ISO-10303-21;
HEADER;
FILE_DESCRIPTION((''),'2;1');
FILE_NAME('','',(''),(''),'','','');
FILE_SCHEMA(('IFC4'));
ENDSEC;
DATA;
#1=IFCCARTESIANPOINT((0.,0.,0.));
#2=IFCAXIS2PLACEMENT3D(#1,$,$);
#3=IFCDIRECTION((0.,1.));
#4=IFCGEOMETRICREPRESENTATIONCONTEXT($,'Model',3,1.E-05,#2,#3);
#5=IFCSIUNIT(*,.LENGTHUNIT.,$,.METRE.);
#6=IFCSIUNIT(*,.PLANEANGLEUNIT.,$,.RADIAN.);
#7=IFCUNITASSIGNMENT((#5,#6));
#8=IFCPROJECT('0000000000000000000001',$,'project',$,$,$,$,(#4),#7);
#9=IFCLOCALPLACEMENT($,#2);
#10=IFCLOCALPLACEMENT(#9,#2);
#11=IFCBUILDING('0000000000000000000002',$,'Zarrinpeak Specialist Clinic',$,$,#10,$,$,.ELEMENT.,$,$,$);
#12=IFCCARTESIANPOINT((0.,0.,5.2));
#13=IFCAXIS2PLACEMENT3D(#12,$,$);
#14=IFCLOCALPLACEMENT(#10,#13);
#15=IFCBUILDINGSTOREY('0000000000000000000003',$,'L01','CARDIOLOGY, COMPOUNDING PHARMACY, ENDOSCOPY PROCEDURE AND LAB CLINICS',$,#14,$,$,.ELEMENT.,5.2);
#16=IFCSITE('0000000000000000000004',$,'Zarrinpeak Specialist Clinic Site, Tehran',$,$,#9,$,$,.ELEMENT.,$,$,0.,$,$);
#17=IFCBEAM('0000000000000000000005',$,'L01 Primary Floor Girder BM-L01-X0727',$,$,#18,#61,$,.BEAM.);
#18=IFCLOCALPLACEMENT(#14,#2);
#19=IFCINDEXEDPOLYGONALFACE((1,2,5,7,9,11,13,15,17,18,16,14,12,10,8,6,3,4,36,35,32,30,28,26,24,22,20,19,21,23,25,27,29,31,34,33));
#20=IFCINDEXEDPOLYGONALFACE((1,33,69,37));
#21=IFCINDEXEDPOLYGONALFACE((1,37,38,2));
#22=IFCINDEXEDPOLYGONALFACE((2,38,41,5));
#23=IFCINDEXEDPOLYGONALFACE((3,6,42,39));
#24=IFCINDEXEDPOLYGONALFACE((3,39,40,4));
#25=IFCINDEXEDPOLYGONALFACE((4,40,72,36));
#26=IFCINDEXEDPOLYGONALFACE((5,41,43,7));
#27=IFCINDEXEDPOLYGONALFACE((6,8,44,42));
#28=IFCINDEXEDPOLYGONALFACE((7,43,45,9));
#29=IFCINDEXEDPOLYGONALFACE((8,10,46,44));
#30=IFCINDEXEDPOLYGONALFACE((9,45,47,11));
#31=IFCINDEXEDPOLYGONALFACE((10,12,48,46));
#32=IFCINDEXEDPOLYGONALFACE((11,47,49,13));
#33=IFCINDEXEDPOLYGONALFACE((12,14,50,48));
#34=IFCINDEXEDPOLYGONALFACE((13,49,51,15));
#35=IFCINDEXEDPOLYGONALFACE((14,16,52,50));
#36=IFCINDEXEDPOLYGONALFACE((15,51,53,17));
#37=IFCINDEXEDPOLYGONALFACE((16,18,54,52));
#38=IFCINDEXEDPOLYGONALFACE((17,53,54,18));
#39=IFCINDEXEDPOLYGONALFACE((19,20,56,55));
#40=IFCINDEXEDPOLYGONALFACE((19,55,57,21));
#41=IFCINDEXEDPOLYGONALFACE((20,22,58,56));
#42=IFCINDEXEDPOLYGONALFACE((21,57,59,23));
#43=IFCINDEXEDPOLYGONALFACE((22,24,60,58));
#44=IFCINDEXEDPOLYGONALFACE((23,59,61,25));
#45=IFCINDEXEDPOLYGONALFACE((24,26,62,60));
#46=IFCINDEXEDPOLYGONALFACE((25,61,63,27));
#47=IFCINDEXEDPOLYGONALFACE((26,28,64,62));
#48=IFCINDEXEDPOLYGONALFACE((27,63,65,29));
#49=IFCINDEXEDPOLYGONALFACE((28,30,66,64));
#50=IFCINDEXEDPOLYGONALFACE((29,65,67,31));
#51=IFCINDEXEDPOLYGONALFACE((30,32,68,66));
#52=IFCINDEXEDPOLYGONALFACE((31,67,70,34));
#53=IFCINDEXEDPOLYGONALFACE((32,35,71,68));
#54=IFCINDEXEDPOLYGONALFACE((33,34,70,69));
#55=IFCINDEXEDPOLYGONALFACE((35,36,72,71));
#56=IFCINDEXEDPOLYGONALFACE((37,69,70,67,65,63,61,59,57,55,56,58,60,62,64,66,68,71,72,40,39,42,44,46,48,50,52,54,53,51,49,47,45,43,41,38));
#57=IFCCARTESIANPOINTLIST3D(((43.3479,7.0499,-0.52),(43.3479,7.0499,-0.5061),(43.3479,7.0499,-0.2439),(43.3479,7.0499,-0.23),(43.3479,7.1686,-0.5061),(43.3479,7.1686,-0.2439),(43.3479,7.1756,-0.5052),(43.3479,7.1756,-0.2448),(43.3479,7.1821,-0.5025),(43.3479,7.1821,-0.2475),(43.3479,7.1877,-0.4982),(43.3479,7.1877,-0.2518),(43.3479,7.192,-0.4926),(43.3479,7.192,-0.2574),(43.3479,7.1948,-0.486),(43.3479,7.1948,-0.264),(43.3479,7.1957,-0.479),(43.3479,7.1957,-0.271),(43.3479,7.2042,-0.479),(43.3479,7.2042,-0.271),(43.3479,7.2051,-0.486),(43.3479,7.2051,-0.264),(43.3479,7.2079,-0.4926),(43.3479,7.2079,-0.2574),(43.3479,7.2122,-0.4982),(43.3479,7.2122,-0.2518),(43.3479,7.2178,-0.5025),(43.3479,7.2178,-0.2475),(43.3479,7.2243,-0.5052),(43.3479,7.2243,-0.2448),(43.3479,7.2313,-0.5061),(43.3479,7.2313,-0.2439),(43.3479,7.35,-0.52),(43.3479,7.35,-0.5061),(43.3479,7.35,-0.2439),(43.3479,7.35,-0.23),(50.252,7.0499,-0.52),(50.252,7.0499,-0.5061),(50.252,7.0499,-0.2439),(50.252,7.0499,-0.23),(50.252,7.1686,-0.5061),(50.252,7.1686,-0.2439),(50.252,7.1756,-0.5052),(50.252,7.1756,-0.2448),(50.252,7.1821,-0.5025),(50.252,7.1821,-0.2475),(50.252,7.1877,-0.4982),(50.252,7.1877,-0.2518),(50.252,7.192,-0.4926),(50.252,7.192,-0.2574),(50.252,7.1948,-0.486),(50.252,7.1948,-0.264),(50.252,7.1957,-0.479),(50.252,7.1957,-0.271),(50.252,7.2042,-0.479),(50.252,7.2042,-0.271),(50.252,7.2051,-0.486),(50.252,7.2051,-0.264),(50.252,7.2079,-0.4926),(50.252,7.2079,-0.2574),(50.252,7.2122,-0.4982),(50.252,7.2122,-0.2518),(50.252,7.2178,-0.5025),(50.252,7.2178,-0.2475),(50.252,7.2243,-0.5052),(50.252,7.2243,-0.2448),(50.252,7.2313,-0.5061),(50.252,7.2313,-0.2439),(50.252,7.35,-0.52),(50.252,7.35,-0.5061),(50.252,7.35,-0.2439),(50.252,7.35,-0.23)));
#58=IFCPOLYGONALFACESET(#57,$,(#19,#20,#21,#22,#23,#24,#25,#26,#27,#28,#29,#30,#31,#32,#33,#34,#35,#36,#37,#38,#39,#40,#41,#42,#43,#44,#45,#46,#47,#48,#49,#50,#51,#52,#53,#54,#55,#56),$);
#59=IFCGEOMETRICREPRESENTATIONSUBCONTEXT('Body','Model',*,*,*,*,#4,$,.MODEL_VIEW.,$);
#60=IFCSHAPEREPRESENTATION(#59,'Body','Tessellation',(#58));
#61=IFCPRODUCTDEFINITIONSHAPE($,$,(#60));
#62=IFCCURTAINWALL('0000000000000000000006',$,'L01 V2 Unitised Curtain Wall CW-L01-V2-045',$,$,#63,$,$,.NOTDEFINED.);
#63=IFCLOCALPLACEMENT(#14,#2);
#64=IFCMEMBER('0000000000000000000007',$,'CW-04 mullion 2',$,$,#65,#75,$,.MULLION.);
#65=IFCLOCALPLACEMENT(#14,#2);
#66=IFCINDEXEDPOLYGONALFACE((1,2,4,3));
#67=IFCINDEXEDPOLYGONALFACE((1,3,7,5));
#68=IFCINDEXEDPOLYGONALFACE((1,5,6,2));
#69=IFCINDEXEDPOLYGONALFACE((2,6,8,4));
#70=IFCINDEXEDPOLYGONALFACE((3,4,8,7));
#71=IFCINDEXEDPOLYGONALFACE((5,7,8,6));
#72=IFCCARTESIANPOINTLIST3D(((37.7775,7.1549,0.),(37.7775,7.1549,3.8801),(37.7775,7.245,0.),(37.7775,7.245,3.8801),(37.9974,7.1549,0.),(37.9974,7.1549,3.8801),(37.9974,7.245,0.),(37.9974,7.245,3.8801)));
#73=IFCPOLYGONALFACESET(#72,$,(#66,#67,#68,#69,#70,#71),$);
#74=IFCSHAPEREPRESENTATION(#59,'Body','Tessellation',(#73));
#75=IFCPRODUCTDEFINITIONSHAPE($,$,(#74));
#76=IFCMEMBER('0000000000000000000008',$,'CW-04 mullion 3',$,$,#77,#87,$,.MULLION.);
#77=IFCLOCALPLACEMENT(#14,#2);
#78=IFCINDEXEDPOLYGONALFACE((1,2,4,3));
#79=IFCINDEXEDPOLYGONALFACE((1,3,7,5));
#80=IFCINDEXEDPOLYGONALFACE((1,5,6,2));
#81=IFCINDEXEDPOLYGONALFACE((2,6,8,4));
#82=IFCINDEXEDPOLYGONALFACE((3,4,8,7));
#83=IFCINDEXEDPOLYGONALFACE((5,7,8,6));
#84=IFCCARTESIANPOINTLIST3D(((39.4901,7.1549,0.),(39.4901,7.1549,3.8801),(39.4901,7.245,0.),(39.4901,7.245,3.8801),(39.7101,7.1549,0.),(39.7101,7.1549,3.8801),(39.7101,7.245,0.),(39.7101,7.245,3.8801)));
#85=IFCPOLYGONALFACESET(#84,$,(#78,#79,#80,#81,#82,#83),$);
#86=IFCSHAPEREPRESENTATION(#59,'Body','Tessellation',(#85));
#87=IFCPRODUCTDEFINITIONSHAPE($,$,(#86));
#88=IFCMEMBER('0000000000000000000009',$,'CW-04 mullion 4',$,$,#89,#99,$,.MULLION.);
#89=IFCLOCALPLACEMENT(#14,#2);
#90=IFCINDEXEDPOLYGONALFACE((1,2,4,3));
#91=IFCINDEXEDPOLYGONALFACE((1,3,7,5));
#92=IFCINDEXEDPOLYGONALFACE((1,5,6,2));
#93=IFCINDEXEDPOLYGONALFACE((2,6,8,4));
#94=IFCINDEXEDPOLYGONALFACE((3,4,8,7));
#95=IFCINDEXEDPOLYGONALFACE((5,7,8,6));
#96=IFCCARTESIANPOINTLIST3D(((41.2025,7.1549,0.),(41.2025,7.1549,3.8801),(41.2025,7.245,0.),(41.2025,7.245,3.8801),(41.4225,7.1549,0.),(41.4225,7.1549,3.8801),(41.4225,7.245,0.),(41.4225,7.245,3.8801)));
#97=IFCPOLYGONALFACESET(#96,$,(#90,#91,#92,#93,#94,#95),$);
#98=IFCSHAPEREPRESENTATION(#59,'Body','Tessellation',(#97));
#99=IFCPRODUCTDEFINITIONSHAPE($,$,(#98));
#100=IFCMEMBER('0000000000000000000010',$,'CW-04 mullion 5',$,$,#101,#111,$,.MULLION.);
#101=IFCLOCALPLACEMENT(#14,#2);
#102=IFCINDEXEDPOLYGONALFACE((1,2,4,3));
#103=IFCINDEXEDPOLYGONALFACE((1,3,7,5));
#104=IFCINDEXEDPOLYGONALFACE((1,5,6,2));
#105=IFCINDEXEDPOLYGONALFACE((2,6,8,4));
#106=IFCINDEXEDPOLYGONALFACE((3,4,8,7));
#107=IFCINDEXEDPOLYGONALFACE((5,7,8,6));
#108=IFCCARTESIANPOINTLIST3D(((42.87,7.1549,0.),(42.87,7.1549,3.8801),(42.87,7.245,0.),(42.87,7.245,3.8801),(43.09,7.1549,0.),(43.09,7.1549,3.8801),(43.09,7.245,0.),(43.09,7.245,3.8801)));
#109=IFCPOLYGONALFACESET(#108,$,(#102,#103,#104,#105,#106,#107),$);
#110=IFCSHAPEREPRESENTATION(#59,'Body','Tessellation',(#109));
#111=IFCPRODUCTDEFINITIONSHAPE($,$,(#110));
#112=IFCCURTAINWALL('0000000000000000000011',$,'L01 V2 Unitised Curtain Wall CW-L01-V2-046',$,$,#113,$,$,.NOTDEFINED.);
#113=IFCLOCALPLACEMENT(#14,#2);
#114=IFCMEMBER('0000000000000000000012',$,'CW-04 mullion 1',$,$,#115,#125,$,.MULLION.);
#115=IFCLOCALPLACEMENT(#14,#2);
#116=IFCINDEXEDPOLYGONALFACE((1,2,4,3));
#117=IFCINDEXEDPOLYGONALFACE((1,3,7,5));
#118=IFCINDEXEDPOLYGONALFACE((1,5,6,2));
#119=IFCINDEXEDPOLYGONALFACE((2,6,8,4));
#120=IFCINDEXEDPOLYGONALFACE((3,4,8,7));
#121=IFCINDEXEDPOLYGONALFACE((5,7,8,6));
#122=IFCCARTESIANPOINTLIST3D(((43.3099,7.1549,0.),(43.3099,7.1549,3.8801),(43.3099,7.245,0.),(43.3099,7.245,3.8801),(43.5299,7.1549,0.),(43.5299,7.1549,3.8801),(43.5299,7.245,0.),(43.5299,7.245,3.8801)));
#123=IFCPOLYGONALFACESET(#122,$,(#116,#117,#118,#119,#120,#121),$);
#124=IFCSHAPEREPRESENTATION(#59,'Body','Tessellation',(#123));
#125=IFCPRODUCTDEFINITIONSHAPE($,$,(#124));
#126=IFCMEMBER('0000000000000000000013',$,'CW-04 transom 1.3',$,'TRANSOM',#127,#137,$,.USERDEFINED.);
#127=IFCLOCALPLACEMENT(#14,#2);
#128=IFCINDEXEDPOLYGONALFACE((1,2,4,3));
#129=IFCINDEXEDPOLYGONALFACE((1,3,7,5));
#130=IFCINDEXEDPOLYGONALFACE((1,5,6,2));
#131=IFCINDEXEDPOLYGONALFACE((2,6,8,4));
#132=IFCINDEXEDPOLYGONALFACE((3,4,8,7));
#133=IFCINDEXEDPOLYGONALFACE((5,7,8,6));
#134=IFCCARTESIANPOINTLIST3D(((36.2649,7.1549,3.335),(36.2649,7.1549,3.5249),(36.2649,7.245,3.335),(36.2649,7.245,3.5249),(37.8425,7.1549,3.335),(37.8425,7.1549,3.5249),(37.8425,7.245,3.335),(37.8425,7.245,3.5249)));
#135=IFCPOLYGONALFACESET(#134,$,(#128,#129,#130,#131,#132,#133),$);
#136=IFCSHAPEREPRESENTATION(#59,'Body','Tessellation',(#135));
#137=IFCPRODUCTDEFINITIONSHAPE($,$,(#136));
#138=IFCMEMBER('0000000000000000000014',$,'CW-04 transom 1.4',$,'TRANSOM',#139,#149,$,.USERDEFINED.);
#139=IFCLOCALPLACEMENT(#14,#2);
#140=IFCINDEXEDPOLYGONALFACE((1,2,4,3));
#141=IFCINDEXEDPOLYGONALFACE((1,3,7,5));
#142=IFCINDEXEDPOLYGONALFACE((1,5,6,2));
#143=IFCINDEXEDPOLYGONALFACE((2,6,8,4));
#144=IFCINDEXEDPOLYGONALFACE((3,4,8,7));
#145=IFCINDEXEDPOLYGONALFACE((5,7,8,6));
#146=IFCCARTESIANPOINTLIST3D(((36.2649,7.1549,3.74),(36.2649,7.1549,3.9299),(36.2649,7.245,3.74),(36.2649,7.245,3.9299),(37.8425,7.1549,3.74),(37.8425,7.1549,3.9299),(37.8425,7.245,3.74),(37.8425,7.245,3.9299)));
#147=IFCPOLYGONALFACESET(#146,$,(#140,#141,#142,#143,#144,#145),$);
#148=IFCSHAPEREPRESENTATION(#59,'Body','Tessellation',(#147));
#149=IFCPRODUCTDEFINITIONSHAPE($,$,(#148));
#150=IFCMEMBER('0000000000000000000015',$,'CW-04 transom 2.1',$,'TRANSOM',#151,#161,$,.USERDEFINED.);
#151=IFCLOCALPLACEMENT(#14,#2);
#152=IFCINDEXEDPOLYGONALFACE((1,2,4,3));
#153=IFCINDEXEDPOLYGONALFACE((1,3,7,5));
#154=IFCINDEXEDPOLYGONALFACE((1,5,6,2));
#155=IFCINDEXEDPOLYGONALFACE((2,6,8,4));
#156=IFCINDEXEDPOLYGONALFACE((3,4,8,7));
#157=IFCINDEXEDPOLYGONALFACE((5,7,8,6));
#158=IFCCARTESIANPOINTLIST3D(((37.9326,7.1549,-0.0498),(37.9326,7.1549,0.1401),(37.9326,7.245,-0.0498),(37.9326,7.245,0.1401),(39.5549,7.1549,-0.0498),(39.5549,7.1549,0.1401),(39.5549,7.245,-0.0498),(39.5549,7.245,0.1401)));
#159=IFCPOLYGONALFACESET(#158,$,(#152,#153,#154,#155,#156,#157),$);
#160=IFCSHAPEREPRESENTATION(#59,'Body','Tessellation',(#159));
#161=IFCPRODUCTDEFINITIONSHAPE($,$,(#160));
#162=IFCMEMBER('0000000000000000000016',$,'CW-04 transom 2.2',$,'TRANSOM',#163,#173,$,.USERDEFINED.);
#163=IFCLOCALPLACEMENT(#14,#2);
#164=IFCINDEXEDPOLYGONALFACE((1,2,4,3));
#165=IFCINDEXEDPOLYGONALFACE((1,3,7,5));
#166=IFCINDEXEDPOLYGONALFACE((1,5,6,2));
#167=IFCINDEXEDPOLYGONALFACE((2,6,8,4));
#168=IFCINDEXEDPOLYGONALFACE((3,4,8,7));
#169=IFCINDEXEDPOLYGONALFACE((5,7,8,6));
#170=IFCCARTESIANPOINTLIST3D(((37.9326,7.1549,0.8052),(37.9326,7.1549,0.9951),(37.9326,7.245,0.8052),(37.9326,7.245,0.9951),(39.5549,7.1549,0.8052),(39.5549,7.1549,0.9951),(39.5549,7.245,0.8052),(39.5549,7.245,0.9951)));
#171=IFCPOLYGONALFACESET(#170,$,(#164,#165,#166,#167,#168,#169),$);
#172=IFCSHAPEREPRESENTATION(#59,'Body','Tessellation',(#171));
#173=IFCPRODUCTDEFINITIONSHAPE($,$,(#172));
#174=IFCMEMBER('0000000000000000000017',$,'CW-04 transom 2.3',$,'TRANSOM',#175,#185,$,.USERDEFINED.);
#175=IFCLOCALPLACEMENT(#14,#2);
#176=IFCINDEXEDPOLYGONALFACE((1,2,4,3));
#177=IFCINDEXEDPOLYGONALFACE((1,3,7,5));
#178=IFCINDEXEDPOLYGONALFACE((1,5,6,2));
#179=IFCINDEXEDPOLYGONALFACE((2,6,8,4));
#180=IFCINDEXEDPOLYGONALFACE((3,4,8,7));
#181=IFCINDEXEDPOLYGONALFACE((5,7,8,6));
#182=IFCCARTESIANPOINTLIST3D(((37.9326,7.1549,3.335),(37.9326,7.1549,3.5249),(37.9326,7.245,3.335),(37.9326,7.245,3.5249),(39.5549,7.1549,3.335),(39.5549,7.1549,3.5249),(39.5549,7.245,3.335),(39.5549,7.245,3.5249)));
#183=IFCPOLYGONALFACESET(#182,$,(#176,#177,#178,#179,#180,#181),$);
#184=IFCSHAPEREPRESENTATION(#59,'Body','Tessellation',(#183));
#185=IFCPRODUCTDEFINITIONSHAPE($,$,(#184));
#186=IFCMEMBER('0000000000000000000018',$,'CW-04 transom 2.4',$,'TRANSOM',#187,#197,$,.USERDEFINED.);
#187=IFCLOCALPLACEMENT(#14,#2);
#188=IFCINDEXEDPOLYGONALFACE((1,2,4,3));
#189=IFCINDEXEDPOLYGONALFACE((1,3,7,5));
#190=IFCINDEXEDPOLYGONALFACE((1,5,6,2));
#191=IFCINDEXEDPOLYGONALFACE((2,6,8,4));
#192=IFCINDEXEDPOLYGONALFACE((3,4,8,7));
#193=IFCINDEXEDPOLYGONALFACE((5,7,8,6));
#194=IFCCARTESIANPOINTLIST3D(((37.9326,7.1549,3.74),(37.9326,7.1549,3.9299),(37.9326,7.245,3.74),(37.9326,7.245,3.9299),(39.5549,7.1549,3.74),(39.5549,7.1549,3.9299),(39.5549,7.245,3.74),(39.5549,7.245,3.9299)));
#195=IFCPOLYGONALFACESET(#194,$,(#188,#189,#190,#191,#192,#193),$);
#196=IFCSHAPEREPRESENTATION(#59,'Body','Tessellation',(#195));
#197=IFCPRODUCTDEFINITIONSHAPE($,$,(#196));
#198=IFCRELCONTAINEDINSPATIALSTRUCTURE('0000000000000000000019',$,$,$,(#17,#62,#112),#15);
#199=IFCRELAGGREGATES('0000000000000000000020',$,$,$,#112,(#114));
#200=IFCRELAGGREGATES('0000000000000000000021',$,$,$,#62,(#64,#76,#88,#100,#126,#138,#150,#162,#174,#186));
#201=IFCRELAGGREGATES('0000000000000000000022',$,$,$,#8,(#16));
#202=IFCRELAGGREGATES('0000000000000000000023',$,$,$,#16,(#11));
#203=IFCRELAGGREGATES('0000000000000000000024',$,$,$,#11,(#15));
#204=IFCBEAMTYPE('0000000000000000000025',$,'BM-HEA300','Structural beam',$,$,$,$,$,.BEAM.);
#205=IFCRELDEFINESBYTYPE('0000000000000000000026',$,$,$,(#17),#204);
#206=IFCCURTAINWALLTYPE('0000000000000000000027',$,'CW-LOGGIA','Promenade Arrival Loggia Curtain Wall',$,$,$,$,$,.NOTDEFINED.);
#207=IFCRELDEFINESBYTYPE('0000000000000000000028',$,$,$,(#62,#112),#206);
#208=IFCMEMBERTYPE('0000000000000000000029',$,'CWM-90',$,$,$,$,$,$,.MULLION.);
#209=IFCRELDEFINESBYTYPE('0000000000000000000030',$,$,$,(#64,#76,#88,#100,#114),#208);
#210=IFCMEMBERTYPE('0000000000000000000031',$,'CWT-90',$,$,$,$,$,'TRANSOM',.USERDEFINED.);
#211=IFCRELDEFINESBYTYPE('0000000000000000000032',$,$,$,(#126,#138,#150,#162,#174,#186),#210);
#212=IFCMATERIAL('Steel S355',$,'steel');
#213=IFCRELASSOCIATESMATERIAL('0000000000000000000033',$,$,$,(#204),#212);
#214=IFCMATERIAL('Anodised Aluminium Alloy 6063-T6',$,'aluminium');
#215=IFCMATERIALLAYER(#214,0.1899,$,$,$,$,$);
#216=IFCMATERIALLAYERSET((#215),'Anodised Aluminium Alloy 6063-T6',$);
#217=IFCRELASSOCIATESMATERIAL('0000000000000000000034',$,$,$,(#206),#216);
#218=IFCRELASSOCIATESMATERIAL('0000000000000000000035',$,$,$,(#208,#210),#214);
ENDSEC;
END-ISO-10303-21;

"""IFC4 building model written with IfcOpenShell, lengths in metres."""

from ifc_helpers import new_model, si_unit, direction, frame, origin, origin_2d, place, context, subcontext, project, spatial, rectangle, i_section, extrude, material, layer, layer_set, material_profile, profile_set, type_object, element, aggregate, save


model = new_model("IFC4")

# Units and contexts
model_context = context("Model", 3, precision=1e-05, world=origin(), true_north=direction((0.0, 1.0)))
body_context = subcontext(model_context, "Body", "Model", "MODEL_VIEW")
ifc_project = project(units=[si_unit("LENGTHUNIT", "METRE"), si_unit("PLANEANGLEUNIT", "RADIAN")], contexts=[model_context])

# Site, building, storey
site_placement = place(None, origin())
site = spatial("IfcSite", under=ifc_project, at=site_placement, Name="Zarrinpeak Specialist Clinic Site, Tehran", CompositionType="ELEMENT", RefElevation=0.0)
building_placement = place(site_placement, origin())
building = spatial("IfcBuilding", under=site, at=building_placement, Name="Zarrinpeak Specialist Clinic", CompositionType="ELEMENT")
storey_placement = place(building_placement, frame((0.0, 0.0, 5.2)))
storey = spatial("IfcBuildingStorey", under=building, at=storey_placement, Name="L01", Description="CARDIOLOGY, COMPOUNDING PHARMACY, ENDOSCOPY PROCEDURE AND LAB CLINICS", CompositionType="ELEMENT", Elevation=5.2)

# Shared definitions
ifc_material_1 = material(Name="Steel S355", Category="steel")

# Beam
ifc_material_profile_1 = material_profile(ifc_material_1, i_section(OverallWidth=0.3, OverallDepth=0.29, WebThickness=0.0085, FlangeThickness=0.0139, FilletRadius=0.0271, at=origin_2d()), Name="HEA 300")
ifc_profile_set_1 = profile_set([ifc_material_profile_1], Name="Steel S355")
beam_type = type_object("IfcBeamType", Name="BM-HEA300", Description="Structural beam", PredefinedType="BEAM", material=ifc_profile_set_1)
beam_1_placement = place(storey_placement, frame((43.3479, 7.2, -0.375), z_axis=(1.0, 0.0, 0.0), x_axis=(0.0, 1.0, 0.0)))
element("IfcBeam", 1, at=beam_1_placement, inside=storey, type_object=beam_type, Name="L01 Primary Floor Girder BM-L01-X0727", PredefinedType="BEAM", context=body_context, shape_type="SweptSolid", body=[
    extrude(i_section(OverallWidth=0.3, OverallDepth=0.29, WebThickness=0.0085, FlangeThickness=0.0139, FilletRadius=0.0271, at=origin_2d()), origin(), (0.0, 0.0, 1.0), 6.9041),
])

# Curtain wall, members
ifc_material_2 = material(Name="Anodised Aluminium Alloy 6063-T6", Category="aluminium")
ifc_layer_1 = layer(ifc_material_2, 0.1899)
ifc_layer_set_1 = layer_set([ifc_layer_1], Name="Anodised Aluminium Alloy 6063-T6")
curtain_wall_type = type_object("IfcCurtainWallType", Name="CW-LOGGIA", Description="Promenade Arrival Loggia Curtain Wall", PredefinedType="NOTDEFINED", material=ifc_layer_set_1)
curtain_wall_1_placement = place(storey_placement, origin())
curtain_wall_1 = element("IfcCurtainWall", 2, at=curtain_wall_1_placement, inside=storey, type_object=curtain_wall_type, Name="L01 V2 Unitised Curtain Wall CW-L01-V2-045", PredefinedType="NOTDEFINED")
ifc_material_profile_2 = material_profile(ifc_material_2, rectangle(XDim=0.0901, YDim=0.22, at=origin_2d()), Name="ALU 90x220")
ifc_profile_set_2 = profile_set([ifc_material_profile_2], Name="Anodised Aluminium Alloy 6063-T6")
member_type_1 = type_object("IfcMemberType", Name="CWM-90", PredefinedType="MULLION", material=ifc_profile_set_2)
member_1_placement = place(storey_placement, frame((37.8875, 7.2, 0.0), z_axis=(0.0, 0.0, 1.0), x_axis=(0.0, 1.0, 0.0)))
member_1 = element("IfcMember", 3, at=member_1_placement, type_object=member_type_1, Name="CW-04 mullion 2", PredefinedType="MULLION", context=body_context, shape_type="SweptSolid", body=[
    extrude(rectangle(XDim=0.0901, YDim=0.22, at=origin_2d()), origin(), (0.0, 0.0, 1.0), 3.8801),
])
member_2_placement = place(storey_placement, frame((39.6001, 7.2, 0.0), z_axis=(0.0, 0.0, 1.0), x_axis=(0.0, 1.0, 0.0)))
member_2 = element("IfcMember", 4, at=member_2_placement, type_object=member_type_1, Name="CW-04 mullion 3", PredefinedType="MULLION", context=body_context, shape_type="SweptSolid", body=[
    extrude(rectangle(XDim=0.0901, YDim=0.22, at=origin_2d()), origin(), (0.0, 0.0, 1.0), 3.8801),
])
member_3_placement = place(storey_placement, frame((41.3125, 7.2, 0.0), z_axis=(0.0, 0.0, 1.0), x_axis=(0.0, 1.0, 0.0)))
member_3 = element("IfcMember", 5, at=member_3_placement, type_object=member_type_1, Name="CW-04 mullion 4", PredefinedType="MULLION", context=body_context, shape_type="SweptSolid", body=[
    extrude(rectangle(XDim=0.0901, YDim=0.22, at=origin_2d()), origin(), (0.0, 0.0, 1.0), 3.8801),
])
member_4_placement = place(storey_placement, frame((42.98, 7.2, 0.0), z_axis=(0.0, 0.0, 1.0), x_axis=(0.0, 1.0, 0.0)))
member_4 = element("IfcMember", 6, at=member_4_placement, type_object=member_type_1, Name="CW-04 mullion 5", PredefinedType="MULLION", context=body_context, shape_type="SweptSolid", body=[
    extrude(rectangle(XDim=0.0901, YDim=0.22, at=origin_2d()), origin(), (0.0, 0.0, 1.0), 3.8801),
])

# Curtain wall, member
curtain_wall_2_placement = place(storey_placement, origin())
curtain_wall_2 = element("IfcCurtainWall", 7, at=curtain_wall_2_placement, inside=storey, type_object=curtain_wall_type, Name="L01 V2 Unitised Curtain Wall CW-L01-V2-046", PredefinedType="NOTDEFINED")
member_5_placement = place(storey_placement, frame((43.4199, 7.2, 0.0), z_axis=(0.0, 0.0, 1.0), x_axis=(0.0, 1.0, 0.0)))
member_5 = element("IfcMember", 8, at=member_5_placement, type_object=member_type_1, Name="CW-04 mullion 1", PredefinedType="MULLION", context=body_context, shape_type="SweptSolid", body=[
    extrude(rectangle(XDim=0.0901, YDim=0.22, at=origin_2d()), origin(), (0.0, 0.0, 1.0), 3.8801),
])
aggregate(curtain_wall_2, [member_5])

# Members
ifc_material_profile_3 = material_profile(ifc_material_2, rectangle(XDim=0.0901, YDim=0.1899, at=origin_2d()), Name="ALU 90x190")
ifc_profile_set_3 = profile_set([ifc_material_profile_3], Name="Anodised Aluminium Alloy 6063-T6")
member_type_2 = type_object("IfcMemberType", Name="CWT-90", ElementType="TRANSOM", PredefinedType="USERDEFINED", material=ifc_profile_set_3)
member_6_placement = place(storey_placement, frame((36.2649, 7.2, 3.4299), z_axis=(1.0, 0.0, 0.0), x_axis=(0.0, 1.0, 0.0)))
member_6 = element("IfcMember", 9, at=member_6_placement, type_object=member_type_2, Name="CW-04 transom 1.3", ObjectType="TRANSOM", PredefinedType="USERDEFINED", context=body_context, shape_type="SweptSolid", body=[
    extrude(rectangle(XDim=0.0901, YDim=0.1899, at=origin_2d()), origin(), (0.0, 0.0, 1.0), 1.5776),
])
member_7_placement = place(storey_placement, frame((36.2649, 7.2, 3.835), z_axis=(1.0, 0.0, 0.0), x_axis=(0.0, 1.0, 0.0)))
member_7 = element("IfcMember", 10, at=member_7_placement, type_object=member_type_2, Name="CW-04 transom 1.4", ObjectType="TRANSOM", PredefinedType="USERDEFINED", context=body_context, shape_type="SweptSolid", body=[
    extrude(rectangle(XDim=0.0901, YDim=0.1899, at=origin_2d()), origin(), (0.0, 0.0, 1.0), 1.5776),
])
member_8_placement = place(storey_placement, frame((37.9326, 7.2, 0.0452), z_axis=(1.0, 0.0, 0.0), x_axis=(0.0, 1.0, 0.0)))
member_8 = element("IfcMember", 11, at=member_8_placement, type_object=member_type_2, Name="CW-04 transom 2.1", ObjectType="TRANSOM", PredefinedType="USERDEFINED", context=body_context, shape_type="SweptSolid", body=[
    extrude(rectangle(XDim=0.0901, YDim=0.1899, at=origin_2d()), origin(), (0.0, 0.0, 1.0), 1.6223),
])
member_9_placement = place(storey_placement, frame((37.9326, 7.2, 0.9001), z_axis=(1.0, 0.0, 0.0), x_axis=(0.0, 1.0, 0.0)))
member_9 = element("IfcMember", 12, at=member_9_placement, type_object=member_type_2, Name="CW-04 transom 2.2", ObjectType="TRANSOM", PredefinedType="USERDEFINED", context=body_context, shape_type="SweptSolid", body=[
    extrude(rectangle(XDim=0.0901, YDim=0.1899, at=origin_2d()), origin(), (0.0, 0.0, 1.0), 1.6223),
])
member_10_placement = place(storey_placement, frame((37.9326, 7.2, 3.4299), z_axis=(1.0, 0.0, 0.0), x_axis=(0.0, 1.0, 0.0)))
member_10 = element("IfcMember", 13, at=member_10_placement, type_object=member_type_2, Name="CW-04 transom 2.3", ObjectType="TRANSOM", PredefinedType="USERDEFINED", context=body_context, shape_type="SweptSolid", body=[
    extrude(rectangle(XDim=0.0901, YDim=0.1899, at=origin_2d()), origin(), (0.0, 0.0, 1.0), 1.6223),
])
member_11_placement = place(storey_placement, frame((37.9326, 7.2, 3.835), z_axis=(1.0, 0.0, 0.0), x_axis=(0.0, 1.0, 0.0)))
member_11 = element("IfcMember", 14, at=member_11_placement, type_object=member_type_2, Name="CW-04 transom 2.4", ObjectType="TRANSOM", PredefinedType="USERDEFINED", context=body_context, shape_type="SweptSolid", body=[
    extrude(rectangle(XDim=0.0901, YDim=0.1899, at=origin_2d()), origin(), (0.0, 0.0, 1.0), 1.6223),
])

aggregate(curtain_wall_1, [member_1, member_2, member_3, member_4, member_6, member_7, member_8, member_9, member_10, member_11])

save(model, "model.ifc")
